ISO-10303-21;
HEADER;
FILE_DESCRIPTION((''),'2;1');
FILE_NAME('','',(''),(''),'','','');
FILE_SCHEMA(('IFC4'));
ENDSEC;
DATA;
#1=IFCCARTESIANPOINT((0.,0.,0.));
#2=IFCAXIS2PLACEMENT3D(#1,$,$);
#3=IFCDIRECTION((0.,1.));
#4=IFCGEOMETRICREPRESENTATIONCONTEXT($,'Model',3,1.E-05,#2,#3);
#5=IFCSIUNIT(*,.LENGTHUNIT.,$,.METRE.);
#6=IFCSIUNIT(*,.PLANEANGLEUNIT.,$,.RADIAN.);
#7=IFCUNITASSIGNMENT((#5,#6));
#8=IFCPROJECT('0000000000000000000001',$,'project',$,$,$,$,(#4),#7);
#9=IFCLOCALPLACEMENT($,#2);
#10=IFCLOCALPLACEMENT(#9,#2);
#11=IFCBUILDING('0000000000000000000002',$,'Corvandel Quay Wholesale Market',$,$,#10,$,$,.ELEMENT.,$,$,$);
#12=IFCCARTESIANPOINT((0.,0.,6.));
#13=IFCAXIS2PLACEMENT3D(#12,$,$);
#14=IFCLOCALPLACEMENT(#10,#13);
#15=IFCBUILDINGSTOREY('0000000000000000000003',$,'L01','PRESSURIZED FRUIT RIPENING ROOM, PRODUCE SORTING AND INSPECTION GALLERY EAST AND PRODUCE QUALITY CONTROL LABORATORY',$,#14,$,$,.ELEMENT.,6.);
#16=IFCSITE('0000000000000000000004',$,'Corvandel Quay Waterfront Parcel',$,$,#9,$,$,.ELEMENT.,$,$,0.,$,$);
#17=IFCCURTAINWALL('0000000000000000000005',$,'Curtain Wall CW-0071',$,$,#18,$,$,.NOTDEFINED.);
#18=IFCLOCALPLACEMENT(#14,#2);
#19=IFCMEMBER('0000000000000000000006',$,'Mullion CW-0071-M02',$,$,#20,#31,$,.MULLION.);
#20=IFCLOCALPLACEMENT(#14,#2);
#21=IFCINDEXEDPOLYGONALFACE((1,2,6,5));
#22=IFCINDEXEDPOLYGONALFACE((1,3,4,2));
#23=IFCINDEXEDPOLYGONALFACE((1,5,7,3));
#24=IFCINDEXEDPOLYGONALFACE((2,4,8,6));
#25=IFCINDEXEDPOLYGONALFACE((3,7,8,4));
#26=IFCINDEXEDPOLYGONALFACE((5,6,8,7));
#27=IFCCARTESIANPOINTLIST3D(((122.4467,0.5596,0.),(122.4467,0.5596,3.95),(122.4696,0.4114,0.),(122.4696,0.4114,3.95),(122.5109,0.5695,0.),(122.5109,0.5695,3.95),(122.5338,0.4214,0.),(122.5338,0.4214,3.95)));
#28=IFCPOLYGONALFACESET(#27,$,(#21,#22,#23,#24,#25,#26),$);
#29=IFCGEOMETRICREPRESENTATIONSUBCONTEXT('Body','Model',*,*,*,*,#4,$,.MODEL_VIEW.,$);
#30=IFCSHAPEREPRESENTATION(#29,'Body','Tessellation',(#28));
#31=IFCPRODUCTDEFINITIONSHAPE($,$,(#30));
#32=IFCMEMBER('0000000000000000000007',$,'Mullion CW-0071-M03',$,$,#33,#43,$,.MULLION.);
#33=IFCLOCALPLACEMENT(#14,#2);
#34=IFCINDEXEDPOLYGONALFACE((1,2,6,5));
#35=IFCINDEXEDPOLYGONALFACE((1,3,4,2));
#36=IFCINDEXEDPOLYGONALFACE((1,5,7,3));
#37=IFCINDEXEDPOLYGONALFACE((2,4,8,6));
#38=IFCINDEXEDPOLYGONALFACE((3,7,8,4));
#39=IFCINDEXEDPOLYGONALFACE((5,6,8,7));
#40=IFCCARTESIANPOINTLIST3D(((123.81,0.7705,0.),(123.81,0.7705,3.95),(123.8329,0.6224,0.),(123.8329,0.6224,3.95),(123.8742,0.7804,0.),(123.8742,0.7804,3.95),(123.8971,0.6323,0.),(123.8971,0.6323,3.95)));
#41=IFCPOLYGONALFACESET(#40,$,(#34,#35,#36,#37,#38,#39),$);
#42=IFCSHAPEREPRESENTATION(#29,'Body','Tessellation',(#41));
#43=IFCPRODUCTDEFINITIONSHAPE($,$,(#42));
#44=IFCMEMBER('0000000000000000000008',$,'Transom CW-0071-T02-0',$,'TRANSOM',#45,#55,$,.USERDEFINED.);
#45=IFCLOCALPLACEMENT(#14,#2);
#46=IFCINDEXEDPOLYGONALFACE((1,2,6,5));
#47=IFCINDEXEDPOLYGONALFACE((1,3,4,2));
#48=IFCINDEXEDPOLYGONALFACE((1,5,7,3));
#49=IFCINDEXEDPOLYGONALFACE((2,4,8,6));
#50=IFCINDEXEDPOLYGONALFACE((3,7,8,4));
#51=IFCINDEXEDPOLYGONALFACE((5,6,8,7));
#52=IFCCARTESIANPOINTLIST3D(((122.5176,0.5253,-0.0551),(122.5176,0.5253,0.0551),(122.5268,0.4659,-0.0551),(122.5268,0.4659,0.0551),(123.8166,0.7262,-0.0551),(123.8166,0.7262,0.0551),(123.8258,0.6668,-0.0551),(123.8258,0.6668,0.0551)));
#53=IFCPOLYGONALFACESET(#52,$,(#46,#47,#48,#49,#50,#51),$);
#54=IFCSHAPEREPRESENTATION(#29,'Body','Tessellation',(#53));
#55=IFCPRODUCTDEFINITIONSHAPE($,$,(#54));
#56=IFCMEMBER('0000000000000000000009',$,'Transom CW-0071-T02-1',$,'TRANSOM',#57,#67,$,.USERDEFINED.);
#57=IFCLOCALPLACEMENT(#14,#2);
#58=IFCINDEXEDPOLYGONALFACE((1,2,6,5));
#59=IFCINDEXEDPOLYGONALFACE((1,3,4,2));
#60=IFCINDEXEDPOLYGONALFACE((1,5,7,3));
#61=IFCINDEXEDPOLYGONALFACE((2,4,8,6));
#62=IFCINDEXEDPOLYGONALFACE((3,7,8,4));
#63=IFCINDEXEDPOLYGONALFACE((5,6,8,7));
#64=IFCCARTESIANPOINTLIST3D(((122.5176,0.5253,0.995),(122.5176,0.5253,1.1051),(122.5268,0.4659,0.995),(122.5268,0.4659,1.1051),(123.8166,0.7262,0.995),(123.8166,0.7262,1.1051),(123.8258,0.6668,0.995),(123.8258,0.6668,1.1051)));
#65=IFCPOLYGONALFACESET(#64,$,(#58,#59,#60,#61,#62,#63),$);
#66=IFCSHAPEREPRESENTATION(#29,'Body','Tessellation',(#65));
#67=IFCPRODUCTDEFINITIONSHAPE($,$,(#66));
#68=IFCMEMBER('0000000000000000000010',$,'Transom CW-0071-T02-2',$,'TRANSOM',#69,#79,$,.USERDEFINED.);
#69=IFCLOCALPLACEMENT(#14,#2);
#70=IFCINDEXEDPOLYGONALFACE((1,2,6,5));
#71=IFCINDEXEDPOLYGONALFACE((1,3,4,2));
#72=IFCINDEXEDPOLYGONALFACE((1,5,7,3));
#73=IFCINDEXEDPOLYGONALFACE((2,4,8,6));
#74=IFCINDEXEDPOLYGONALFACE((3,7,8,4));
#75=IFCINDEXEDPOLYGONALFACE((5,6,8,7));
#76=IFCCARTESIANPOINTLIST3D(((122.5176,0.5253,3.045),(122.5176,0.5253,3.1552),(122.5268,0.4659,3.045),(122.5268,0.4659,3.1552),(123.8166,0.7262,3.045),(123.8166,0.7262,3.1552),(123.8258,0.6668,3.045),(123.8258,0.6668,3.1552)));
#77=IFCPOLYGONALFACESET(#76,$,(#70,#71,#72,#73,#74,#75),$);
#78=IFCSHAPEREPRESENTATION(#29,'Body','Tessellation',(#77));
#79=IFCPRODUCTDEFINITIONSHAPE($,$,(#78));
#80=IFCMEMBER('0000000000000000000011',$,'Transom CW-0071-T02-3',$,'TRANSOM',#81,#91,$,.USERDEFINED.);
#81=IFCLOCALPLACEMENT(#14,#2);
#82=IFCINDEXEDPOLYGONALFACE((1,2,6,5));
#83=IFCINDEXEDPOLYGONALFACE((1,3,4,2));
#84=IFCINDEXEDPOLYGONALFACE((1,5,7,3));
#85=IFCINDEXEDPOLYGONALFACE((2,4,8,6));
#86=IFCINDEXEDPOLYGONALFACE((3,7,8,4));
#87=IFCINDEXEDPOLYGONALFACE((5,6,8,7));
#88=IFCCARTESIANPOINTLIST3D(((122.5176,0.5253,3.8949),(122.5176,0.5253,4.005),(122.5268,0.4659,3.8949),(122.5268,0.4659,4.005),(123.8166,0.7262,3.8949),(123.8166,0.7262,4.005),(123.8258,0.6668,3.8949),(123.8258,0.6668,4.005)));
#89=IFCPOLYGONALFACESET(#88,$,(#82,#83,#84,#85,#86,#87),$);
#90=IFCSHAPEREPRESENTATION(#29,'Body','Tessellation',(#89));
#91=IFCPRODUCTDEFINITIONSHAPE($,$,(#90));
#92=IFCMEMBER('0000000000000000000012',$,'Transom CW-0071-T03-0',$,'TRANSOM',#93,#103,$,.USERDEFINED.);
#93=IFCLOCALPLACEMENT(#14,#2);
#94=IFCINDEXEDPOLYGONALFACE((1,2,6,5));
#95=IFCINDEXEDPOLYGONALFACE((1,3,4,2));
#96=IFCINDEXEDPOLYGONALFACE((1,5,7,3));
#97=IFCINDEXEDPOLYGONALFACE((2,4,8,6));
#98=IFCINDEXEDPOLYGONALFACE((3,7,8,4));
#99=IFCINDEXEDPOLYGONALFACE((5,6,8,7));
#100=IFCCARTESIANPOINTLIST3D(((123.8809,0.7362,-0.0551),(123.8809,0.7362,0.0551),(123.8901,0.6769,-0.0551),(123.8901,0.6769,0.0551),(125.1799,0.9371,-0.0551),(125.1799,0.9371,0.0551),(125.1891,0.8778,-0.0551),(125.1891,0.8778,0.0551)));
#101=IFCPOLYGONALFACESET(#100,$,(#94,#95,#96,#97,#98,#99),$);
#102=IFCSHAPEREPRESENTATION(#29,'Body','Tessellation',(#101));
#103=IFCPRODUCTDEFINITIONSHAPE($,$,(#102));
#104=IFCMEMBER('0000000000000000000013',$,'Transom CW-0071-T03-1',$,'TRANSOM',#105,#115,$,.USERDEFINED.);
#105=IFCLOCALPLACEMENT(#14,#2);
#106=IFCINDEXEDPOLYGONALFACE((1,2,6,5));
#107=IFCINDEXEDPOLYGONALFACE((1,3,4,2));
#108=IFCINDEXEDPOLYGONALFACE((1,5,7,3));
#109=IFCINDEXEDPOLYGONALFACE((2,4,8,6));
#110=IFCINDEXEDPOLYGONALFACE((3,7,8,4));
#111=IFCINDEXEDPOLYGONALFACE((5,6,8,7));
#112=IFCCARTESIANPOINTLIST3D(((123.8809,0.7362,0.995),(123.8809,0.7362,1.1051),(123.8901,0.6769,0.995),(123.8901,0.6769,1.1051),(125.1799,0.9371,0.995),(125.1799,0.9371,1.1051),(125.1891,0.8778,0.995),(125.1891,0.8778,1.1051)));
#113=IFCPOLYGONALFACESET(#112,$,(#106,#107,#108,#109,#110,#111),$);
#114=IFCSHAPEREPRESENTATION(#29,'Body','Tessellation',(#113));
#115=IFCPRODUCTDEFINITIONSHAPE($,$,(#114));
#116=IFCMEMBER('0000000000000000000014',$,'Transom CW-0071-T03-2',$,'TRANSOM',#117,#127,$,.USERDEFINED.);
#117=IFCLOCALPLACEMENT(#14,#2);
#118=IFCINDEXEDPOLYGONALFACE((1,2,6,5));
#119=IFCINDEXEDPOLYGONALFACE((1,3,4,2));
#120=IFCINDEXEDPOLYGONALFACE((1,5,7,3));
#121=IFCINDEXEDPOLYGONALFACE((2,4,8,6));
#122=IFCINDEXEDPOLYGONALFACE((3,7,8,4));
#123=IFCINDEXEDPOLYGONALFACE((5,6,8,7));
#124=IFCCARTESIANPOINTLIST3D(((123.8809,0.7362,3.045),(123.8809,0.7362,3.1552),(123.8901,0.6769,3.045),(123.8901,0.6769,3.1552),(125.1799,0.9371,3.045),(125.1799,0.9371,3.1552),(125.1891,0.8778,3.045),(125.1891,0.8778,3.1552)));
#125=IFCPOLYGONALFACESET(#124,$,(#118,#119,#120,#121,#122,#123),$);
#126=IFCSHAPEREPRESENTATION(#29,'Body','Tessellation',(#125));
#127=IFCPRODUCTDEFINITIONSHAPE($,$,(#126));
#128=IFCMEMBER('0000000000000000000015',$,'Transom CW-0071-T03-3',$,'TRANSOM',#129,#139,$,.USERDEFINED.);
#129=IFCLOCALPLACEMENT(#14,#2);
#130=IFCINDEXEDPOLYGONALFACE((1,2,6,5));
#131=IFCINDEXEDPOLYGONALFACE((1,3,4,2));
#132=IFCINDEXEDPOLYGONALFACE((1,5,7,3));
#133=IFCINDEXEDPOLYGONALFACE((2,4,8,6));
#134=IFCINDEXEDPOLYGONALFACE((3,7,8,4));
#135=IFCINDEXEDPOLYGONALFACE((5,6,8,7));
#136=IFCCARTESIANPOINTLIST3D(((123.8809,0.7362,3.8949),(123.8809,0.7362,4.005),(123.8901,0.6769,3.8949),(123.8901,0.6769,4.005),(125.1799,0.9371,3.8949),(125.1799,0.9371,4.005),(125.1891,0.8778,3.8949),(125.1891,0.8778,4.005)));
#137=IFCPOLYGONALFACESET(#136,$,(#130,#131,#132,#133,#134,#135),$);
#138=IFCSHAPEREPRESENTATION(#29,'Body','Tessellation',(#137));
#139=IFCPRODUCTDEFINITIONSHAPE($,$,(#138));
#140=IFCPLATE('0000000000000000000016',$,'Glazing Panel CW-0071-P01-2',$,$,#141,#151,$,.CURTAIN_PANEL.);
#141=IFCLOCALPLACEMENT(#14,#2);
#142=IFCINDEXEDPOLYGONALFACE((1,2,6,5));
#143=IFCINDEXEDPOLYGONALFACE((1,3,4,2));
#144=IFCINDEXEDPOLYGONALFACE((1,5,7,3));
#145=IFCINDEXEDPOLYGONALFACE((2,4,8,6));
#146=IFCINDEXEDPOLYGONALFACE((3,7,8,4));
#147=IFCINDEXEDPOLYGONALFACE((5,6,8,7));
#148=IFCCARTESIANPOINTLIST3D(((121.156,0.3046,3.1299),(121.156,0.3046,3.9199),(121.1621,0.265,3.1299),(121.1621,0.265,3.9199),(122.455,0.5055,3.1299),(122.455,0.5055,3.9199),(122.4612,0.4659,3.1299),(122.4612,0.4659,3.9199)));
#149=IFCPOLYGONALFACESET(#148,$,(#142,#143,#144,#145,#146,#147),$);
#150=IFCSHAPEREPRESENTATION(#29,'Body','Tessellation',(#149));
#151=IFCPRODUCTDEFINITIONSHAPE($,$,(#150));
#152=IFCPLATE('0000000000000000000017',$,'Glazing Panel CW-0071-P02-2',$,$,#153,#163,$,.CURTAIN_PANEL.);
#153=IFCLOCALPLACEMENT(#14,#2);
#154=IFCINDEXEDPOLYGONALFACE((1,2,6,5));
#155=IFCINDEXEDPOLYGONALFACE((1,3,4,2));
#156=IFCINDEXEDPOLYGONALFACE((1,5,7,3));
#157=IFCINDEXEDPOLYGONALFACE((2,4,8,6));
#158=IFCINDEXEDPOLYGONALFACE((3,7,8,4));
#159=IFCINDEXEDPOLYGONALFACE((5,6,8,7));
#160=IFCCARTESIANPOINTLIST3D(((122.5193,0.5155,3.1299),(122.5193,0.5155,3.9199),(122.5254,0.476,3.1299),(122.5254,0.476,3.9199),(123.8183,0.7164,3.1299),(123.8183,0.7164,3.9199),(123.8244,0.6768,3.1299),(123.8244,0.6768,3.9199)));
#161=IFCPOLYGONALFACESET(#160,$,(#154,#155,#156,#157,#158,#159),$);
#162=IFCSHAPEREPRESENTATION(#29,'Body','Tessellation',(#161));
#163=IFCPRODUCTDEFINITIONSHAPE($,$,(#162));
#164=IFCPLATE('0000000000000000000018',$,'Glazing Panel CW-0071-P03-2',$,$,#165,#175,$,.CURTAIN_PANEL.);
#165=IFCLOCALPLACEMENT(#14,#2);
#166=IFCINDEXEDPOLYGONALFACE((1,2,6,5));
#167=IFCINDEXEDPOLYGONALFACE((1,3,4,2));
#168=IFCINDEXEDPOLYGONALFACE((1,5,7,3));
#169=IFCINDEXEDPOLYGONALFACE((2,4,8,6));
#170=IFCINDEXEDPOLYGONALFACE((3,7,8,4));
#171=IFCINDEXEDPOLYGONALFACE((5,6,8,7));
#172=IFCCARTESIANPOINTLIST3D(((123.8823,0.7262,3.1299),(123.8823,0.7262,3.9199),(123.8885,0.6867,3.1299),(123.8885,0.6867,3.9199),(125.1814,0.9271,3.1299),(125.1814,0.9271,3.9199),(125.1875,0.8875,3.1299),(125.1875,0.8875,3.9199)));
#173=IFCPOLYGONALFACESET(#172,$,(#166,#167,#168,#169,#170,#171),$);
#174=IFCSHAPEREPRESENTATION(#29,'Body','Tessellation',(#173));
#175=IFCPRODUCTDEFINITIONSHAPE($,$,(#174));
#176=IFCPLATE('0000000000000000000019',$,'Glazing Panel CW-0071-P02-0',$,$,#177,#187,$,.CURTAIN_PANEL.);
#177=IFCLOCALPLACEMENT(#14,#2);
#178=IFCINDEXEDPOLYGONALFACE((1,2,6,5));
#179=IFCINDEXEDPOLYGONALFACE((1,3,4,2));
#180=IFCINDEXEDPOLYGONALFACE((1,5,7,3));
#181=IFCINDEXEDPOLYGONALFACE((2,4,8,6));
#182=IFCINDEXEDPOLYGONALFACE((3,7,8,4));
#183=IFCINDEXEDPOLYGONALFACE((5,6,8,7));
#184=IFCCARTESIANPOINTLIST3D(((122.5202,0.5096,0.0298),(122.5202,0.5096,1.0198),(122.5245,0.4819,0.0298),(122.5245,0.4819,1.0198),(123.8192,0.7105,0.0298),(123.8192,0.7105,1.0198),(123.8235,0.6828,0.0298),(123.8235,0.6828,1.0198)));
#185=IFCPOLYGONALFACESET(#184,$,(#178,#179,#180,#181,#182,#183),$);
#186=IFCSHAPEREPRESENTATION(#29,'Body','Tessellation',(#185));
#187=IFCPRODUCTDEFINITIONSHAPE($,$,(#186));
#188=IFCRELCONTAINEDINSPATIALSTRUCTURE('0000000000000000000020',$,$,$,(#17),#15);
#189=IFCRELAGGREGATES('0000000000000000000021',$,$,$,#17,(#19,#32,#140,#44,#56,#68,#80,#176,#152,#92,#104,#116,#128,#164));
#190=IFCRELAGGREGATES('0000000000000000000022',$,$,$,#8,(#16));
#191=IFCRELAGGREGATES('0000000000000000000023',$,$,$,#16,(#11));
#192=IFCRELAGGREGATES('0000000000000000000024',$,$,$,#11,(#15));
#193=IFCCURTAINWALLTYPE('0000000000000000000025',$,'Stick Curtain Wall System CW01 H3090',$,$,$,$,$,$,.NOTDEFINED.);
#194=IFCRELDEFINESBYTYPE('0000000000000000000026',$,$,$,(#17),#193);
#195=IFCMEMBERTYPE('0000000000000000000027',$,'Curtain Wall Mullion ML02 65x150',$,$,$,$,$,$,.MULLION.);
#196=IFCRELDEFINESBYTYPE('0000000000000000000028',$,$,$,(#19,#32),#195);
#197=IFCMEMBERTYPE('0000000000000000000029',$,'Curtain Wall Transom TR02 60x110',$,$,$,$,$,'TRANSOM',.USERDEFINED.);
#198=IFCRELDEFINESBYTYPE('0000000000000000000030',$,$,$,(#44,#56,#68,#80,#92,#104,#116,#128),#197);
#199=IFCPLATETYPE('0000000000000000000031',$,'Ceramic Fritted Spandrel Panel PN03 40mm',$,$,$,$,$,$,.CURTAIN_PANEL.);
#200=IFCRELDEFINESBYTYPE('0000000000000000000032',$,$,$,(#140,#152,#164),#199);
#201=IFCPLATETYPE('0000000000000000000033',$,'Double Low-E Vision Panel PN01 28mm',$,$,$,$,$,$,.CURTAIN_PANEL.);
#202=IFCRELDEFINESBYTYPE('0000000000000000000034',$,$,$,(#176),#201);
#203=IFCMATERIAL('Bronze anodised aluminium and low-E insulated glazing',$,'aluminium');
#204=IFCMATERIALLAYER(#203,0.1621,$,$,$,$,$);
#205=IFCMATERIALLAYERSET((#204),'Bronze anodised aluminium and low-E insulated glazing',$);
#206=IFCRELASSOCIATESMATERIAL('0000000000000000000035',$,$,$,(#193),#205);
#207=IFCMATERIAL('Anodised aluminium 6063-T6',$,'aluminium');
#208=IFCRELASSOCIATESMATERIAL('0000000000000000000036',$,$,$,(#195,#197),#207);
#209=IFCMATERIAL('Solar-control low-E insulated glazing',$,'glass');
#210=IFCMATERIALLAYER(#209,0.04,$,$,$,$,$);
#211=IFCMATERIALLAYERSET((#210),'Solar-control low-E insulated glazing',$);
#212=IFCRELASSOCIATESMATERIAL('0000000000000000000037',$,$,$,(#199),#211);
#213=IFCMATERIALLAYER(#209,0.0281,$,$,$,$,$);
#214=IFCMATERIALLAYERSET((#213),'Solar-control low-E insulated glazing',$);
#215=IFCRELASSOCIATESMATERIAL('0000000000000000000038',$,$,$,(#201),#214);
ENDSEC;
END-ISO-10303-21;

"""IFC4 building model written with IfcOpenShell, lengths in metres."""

from ifc_helpers import new_model, si_unit, direction, frame, origin, origin_2d, place, context, subcontext, project, spatial, rectangle, extrude, material, layer, layer_set, material_profile, profile_set, type_object, element, aggregate, save


model = new_model("IFC4")

# Units and contexts
model_context = context("Model", 3, precision=1e-05, world=origin(), true_north=direction((0.0, 1.0)))
body_context = subcontext(model_context, "Body", "Model", "MODEL_VIEW")
ifc_project = project(units=[si_unit("LENGTHUNIT", "METRE"), si_unit("PLANEANGLEUNIT", "RADIAN")], contexts=[model_context])

# Site, building, storey
site_placement = place(None, origin())
site = spatial("IfcSite", under=ifc_project, at=site_placement, Name="Corvandel Quay Waterfront Parcel", CompositionType="ELEMENT", RefElevation=0.0)
building_placement = place(site_placement, origin())
building = spatial("IfcBuilding", under=site, at=building_placement, Name="Corvandel Quay Wholesale Market", CompositionType="ELEMENT")
storey_placement = place(building_placement, frame((0.0, 0.0, 6.0)))
storey = spatial("IfcBuildingStorey", under=building, at=storey_placement, Name="L01", Description="PRESSURIZED FRUIT RIPENING ROOM, PRODUCE SORTING AND INSPECTION GALLERY EAST AND PRODUCE QUALITY CONTROL LABORATORY", CompositionType="ELEMENT", Elevation=6.0)

# Curtain wall, members, plates
ifc_material_1 = material(Name="Bronze anodised aluminium and low-E insulated glazing", Category="aluminium")
ifc_layer_1 = layer(ifc_material_1, 0.1621)
ifc_layer_set_1 = layer_set([ifc_layer_1], Name="Bronze anodised aluminium and low-E insulated glazing")
curtain_wall_type = type_object("IfcCurtainWallType", Name="Stick Curtain Wall System CW01 H3090", PredefinedType="NOTDEFINED", material=ifc_layer_set_1)
curtain_wall_placement = place(storey_placement, origin())
curtain_wall = element("IfcCurtainWall", 1, at=curtain_wall_placement, inside=storey, type_object=curtain_wall_type, Name="Curtain Wall CW-0071", PredefinedType="NOTDEFINED")
ifc_material_2 = material(Name="Anodised aluminium 6063-T6", Category="aluminium")
ifc_material_profile_1 = material_profile(ifc_material_2, rectangle(XDim=0.0649, YDim=0.1499, at=origin_2d()), Name="ALU-MUL-65x150")
ifc_profile_set_1 = profile_set([ifc_material_profile_1], Name="Anodised aluminium 6063-T6")
member_type_1 = type_object("IfcMemberType", Name="Curtain Wall Mullion ML02 65x150", PredefinedType="MULLION", material=ifc_profile_set_1)
member_1_placement = place(storey_placement, frame((122.4902, 0.4905, 0.0), z_axis=(0.0, 0.0, 1.0), x_axis=(0.988255, 0.152813, 0.0)))
member_1 = element("IfcMember", 2, at=member_1_placement, type_object=member_type_1, Name="Mullion CW-0071-M02", PredefinedType="MULLION", context=body_context, shape_type="SweptSolid", body=[
    extrude(rectangle(XDim=0.0649, YDim=0.1499, at=origin_2d()), origin(), (0.0, 0.0, 1.0), 3.95),
])
member_2_placement = place(storey_placement, frame((123.8535, 0.7014, 0.0), z_axis=(0.0, 0.0, 1.0), x_axis=(0.988255, 0.152813, 0.0)))
member_2 = element("IfcMember", 3, at=member_2_placement, type_object=member_type_1, Name="Mullion CW-0071-M03", PredefinedType="MULLION", context=body_context, shape_type="SweptSolid", body=[
    extrude(rectangle(XDim=0.0649, YDim=0.1499, at=origin_2d()), origin(), (0.0, 0.0, 1.0), 3.95),
])
ifc_material_profile_2 = material_profile(ifc_material_2, rectangle(XDim=0.0601, YDim=0.1101, at=origin_2d()), Name="ALU-TRN-60x110")
ifc_profile_set_2 = profile_set([ifc_material_profile_2], Name="Anodised aluminium 6063-T6")
member_type_2 = type_object("IfcMemberType", Name="Curtain Wall Transom TR02 60x110", ElementType="TRANSOM", PredefinedType="USERDEFINED", material=ifc_profile_set_2)
member_3_placement = place(storey_placement, frame((122.5222, 0.4956, 0.0), z_axis=(0.988249, 0.152853, 0.0), x_axis=(-0.152853, 0.988249, 0.0)))
member_3 = element("IfcMember", 4, at=member_3_placement, type_object=member_type_2, Name="Transom CW-0071-T02-0", ObjectType="TRANSOM", PredefinedType="USERDEFINED", context=body_context, shape_type="SweptSolid", body=[
    extrude(rectangle(XDim=0.0601, YDim=0.1101, at=origin_2d()), origin(), (0.0, 0.0, 1.0), 1.3145),
])
member_4_placement = place(storey_placement, frame((122.5222, 0.4956, 1.05), z_axis=(0.988249, 0.152853, 0.0), x_axis=(-0.152853, 0.988249, 0.0)))
member_4 = element("IfcMember", 5, at=member_4_placement, type_object=member_type_2, Name="Transom CW-0071-T02-1", ObjectType="TRANSOM", PredefinedType="USERDEFINED", context=body_context, shape_type="SweptSolid", body=[
    extrude(rectangle(XDim=0.0601, YDim=0.1101, at=origin_2d()), origin(), (0.0, 0.0, 1.0), 1.3145),
])
member_5_placement = place(storey_placement, frame((122.5222, 0.4956, 3.1001), z_axis=(0.988249, 0.152853, 0.0), x_axis=(-0.152853, 0.988249, 0.0)))
member_5 = element("IfcMember", 6, at=member_5_placement, type_object=member_type_2, Name="Transom CW-0071-T02-2", ObjectType="TRANSOM", PredefinedType="USERDEFINED", context=body_context, shape_type="SweptSolid", body=[
    extrude(rectangle(XDim=0.0601, YDim=0.1101, at=origin_2d()), origin(), (0.0, 0.0, 1.0), 1.3145),
])
member_6_placement = place(storey_placement, frame((122.5222, 0.4956, 3.95), z_axis=(0.988249, 0.152853, 0.0), x_axis=(-0.152853, 0.988249, 0.0)))
member_6 = element("IfcMember", 7, at=member_6_placement, type_object=member_type_2, Name="Transom CW-0071-T02-3", ObjectType="TRANSOM", PredefinedType="USERDEFINED", context=body_context, shape_type="SweptSolid", body=[
    extrude(rectangle(XDim=0.0601, YDim=0.1101, at=origin_2d()), origin(), (0.0, 0.0, 1.0), 1.3145),
])
member_7_placement = place(storey_placement, frame((123.8855, 0.7065, 0.0), z_axis=(0.988249, 0.152853, 0.0), x_axis=(-0.152853, 0.988249, 0.0)))
member_7 = element("IfcMember", 8, at=member_7_placement, type_object=member_type_2, Name="Transom CW-0071-T03-0", ObjectType="TRANSOM", PredefinedType="USERDEFINED", context=body_context, shape_type="SweptSolid", body=[
    extrude(rectangle(XDim=0.0601, YDim=0.1101, at=origin_2d()), origin(), (0.0, 0.0, 1.0), 1.3145),
])
member_8_placement = place(storey_placement, frame((123.8855, 0.7065, 1.05), z_axis=(0.988249, 0.152853, 0.0), x_axis=(-0.152853, 0.988249, 0.0)))
member_8 = element("IfcMember", 9, at=member_8_placement, type_object=member_type_2, Name="Transom CW-0071-T03-1", ObjectType="TRANSOM", PredefinedType="USERDEFINED", context=body_context, shape_type="SweptSolid", body=[
    extrude(rectangle(XDim=0.0601, YDim=0.1101, at=origin_2d()), origin(), (0.0, 0.0, 1.0), 1.3145),
])
member_9_placement = place(storey_placement, frame((123.8855, 0.7065, 3.1001), z_axis=(0.988249, 0.152853, 0.0), x_axis=(-0.152853, 0.988249, 0.0)))
member_9 = element("IfcMember", 10, at=member_9_placement, type_object=member_type_2, Name="Transom CW-0071-T03-2", ObjectType="TRANSOM", PredefinedType="USERDEFINED", context=body_context, shape_type="SweptSolid", body=[
    extrude(rectangle(XDim=0.0601, YDim=0.1101, at=origin_2d()), origin(), (0.0, 0.0, 1.0), 1.3145),
])
member_10_placement = place(storey_placement, frame((123.8855, 0.7065, 3.95), z_axis=(0.988249, 0.152853, 0.0), x_axis=(-0.152853, 0.988249, 0.0)))
member_10 = element("IfcMember", 11, at=member_10_placement, type_object=member_type_2, Name="Transom CW-0071-T03-3", ObjectType="TRANSOM", PredefinedType="USERDEFINED", context=body_context, shape_type="SweptSolid", body=[
    extrude(rectangle(XDim=0.0601, YDim=0.1101, at=origin_2d()), origin(), (0.0, 0.0, 1.0), 1.3145),
])
ifc_material_3 = material(Name="Solar-control low-E insulated glazing", Category="glass")
ifc_layer_2 = layer(ifc_material_3, 0.04)
ifc_layer_set_2 = layer_set([ifc_layer_2], Name="Solar-control low-E insulated glazing")
plate_type_1 = type_object("IfcPlateType", Name="Ceramic Fritted Spandrel Panel PN03 40mm", PredefinedType="CURTAIN_PANEL", material=ifc_layer_set_2)
plate_1_placement = place(storey_placement, frame((121.8086, 0.3853, 3.1299), z_axis=(0.0, 0.0, 1.0), x_axis=(0.988255, 0.152813, 0.0)))
plate_1 = element("IfcPlate", 12, at=plate_1_placement, type_object=plate_type_1, Name="Glazing Panel CW-0071-P01-2", PredefinedType="CURTAIN_PANEL", context=body_context, shape_type="SweptSolid", body=[
    extrude(rectangle(XDim=1.3145, YDim=0.04, at=origin_2d()), origin(), (0.0, 0.0, 1.0), 0.79),
])
plate_2_placement = place(storey_placement, frame((123.1719, 0.5962, 3.1299), z_axis=(0.0, 0.0, 1.0), x_axis=(0.988255, 0.152813, 0.0)))
plate_2 = element("IfcPlate", 13, at=plate_2_placement, type_object=plate_type_1, Name="Glazing Panel CW-0071-P02-2", PredefinedType="CURTAIN_PANEL", context=body_context, shape_type="SweptSolid", body=[
    extrude(rectangle(XDim=1.3145, YDim=0.04, at=origin_2d()), origin(), (0.0, 0.0, 1.0), 0.79),
])
plate_3_placement = place(storey_placement, frame((124.5349, 0.8069, 3.1299), z_axis=(0.0, 0.0, 1.0), x_axis=(0.988255, 0.152813, 0.0)))
plate_3 = element("IfcPlate", 14, at=plate_3_placement, type_object=plate_type_1, Name="Glazing Panel CW-0071-P03-2", PredefinedType="CURTAIN_PANEL", context=body_context, shape_type="SweptSolid", body=[
    extrude(rectangle(XDim=1.3145, YDim=0.04, at=origin_2d()), origin(), (0.0, 0.0, 1.0), 0.79),
])
ifc_layer_3 = layer(ifc_material_3, 0.0281)
ifc_layer_set_3 = layer_set([ifc_layer_3], Name="Solar-control low-E insulated glazing")
plate_type_2 = type_object("IfcPlateType", Name="Double Low-E Vision Panel PN01 28mm", PredefinedType="CURTAIN_PANEL", material=ifc_layer_set_3)
plate_4_placement = place(storey_placement, frame((123.1719, 0.5962, 0.0298), z_axis=(0.0, 0.0, 1.0), x_axis=(0.988255, 0.152813, 0.0)))
plate_4 = element("IfcPlate", 15, at=plate_4_placement, type_object=plate_type_2, Name="Glazing Panel CW-0071-P02-0", PredefinedType="CURTAIN_PANEL", context=body_context, shape_type="SweptSolid", body=[
    extrude(rectangle(XDim=1.3145, YDim=0.0281, at=origin_2d()), origin(), (0.0, 0.0, 1.0), 0.99),
])
aggregate(curtain_wall, [member_1, member_2, plate_1, member_3, member_4, member_5, member_6, plate_4, plate_2, member_7, member_8, member_9, member_10, plate_3])

save(model, "model.ifc")
